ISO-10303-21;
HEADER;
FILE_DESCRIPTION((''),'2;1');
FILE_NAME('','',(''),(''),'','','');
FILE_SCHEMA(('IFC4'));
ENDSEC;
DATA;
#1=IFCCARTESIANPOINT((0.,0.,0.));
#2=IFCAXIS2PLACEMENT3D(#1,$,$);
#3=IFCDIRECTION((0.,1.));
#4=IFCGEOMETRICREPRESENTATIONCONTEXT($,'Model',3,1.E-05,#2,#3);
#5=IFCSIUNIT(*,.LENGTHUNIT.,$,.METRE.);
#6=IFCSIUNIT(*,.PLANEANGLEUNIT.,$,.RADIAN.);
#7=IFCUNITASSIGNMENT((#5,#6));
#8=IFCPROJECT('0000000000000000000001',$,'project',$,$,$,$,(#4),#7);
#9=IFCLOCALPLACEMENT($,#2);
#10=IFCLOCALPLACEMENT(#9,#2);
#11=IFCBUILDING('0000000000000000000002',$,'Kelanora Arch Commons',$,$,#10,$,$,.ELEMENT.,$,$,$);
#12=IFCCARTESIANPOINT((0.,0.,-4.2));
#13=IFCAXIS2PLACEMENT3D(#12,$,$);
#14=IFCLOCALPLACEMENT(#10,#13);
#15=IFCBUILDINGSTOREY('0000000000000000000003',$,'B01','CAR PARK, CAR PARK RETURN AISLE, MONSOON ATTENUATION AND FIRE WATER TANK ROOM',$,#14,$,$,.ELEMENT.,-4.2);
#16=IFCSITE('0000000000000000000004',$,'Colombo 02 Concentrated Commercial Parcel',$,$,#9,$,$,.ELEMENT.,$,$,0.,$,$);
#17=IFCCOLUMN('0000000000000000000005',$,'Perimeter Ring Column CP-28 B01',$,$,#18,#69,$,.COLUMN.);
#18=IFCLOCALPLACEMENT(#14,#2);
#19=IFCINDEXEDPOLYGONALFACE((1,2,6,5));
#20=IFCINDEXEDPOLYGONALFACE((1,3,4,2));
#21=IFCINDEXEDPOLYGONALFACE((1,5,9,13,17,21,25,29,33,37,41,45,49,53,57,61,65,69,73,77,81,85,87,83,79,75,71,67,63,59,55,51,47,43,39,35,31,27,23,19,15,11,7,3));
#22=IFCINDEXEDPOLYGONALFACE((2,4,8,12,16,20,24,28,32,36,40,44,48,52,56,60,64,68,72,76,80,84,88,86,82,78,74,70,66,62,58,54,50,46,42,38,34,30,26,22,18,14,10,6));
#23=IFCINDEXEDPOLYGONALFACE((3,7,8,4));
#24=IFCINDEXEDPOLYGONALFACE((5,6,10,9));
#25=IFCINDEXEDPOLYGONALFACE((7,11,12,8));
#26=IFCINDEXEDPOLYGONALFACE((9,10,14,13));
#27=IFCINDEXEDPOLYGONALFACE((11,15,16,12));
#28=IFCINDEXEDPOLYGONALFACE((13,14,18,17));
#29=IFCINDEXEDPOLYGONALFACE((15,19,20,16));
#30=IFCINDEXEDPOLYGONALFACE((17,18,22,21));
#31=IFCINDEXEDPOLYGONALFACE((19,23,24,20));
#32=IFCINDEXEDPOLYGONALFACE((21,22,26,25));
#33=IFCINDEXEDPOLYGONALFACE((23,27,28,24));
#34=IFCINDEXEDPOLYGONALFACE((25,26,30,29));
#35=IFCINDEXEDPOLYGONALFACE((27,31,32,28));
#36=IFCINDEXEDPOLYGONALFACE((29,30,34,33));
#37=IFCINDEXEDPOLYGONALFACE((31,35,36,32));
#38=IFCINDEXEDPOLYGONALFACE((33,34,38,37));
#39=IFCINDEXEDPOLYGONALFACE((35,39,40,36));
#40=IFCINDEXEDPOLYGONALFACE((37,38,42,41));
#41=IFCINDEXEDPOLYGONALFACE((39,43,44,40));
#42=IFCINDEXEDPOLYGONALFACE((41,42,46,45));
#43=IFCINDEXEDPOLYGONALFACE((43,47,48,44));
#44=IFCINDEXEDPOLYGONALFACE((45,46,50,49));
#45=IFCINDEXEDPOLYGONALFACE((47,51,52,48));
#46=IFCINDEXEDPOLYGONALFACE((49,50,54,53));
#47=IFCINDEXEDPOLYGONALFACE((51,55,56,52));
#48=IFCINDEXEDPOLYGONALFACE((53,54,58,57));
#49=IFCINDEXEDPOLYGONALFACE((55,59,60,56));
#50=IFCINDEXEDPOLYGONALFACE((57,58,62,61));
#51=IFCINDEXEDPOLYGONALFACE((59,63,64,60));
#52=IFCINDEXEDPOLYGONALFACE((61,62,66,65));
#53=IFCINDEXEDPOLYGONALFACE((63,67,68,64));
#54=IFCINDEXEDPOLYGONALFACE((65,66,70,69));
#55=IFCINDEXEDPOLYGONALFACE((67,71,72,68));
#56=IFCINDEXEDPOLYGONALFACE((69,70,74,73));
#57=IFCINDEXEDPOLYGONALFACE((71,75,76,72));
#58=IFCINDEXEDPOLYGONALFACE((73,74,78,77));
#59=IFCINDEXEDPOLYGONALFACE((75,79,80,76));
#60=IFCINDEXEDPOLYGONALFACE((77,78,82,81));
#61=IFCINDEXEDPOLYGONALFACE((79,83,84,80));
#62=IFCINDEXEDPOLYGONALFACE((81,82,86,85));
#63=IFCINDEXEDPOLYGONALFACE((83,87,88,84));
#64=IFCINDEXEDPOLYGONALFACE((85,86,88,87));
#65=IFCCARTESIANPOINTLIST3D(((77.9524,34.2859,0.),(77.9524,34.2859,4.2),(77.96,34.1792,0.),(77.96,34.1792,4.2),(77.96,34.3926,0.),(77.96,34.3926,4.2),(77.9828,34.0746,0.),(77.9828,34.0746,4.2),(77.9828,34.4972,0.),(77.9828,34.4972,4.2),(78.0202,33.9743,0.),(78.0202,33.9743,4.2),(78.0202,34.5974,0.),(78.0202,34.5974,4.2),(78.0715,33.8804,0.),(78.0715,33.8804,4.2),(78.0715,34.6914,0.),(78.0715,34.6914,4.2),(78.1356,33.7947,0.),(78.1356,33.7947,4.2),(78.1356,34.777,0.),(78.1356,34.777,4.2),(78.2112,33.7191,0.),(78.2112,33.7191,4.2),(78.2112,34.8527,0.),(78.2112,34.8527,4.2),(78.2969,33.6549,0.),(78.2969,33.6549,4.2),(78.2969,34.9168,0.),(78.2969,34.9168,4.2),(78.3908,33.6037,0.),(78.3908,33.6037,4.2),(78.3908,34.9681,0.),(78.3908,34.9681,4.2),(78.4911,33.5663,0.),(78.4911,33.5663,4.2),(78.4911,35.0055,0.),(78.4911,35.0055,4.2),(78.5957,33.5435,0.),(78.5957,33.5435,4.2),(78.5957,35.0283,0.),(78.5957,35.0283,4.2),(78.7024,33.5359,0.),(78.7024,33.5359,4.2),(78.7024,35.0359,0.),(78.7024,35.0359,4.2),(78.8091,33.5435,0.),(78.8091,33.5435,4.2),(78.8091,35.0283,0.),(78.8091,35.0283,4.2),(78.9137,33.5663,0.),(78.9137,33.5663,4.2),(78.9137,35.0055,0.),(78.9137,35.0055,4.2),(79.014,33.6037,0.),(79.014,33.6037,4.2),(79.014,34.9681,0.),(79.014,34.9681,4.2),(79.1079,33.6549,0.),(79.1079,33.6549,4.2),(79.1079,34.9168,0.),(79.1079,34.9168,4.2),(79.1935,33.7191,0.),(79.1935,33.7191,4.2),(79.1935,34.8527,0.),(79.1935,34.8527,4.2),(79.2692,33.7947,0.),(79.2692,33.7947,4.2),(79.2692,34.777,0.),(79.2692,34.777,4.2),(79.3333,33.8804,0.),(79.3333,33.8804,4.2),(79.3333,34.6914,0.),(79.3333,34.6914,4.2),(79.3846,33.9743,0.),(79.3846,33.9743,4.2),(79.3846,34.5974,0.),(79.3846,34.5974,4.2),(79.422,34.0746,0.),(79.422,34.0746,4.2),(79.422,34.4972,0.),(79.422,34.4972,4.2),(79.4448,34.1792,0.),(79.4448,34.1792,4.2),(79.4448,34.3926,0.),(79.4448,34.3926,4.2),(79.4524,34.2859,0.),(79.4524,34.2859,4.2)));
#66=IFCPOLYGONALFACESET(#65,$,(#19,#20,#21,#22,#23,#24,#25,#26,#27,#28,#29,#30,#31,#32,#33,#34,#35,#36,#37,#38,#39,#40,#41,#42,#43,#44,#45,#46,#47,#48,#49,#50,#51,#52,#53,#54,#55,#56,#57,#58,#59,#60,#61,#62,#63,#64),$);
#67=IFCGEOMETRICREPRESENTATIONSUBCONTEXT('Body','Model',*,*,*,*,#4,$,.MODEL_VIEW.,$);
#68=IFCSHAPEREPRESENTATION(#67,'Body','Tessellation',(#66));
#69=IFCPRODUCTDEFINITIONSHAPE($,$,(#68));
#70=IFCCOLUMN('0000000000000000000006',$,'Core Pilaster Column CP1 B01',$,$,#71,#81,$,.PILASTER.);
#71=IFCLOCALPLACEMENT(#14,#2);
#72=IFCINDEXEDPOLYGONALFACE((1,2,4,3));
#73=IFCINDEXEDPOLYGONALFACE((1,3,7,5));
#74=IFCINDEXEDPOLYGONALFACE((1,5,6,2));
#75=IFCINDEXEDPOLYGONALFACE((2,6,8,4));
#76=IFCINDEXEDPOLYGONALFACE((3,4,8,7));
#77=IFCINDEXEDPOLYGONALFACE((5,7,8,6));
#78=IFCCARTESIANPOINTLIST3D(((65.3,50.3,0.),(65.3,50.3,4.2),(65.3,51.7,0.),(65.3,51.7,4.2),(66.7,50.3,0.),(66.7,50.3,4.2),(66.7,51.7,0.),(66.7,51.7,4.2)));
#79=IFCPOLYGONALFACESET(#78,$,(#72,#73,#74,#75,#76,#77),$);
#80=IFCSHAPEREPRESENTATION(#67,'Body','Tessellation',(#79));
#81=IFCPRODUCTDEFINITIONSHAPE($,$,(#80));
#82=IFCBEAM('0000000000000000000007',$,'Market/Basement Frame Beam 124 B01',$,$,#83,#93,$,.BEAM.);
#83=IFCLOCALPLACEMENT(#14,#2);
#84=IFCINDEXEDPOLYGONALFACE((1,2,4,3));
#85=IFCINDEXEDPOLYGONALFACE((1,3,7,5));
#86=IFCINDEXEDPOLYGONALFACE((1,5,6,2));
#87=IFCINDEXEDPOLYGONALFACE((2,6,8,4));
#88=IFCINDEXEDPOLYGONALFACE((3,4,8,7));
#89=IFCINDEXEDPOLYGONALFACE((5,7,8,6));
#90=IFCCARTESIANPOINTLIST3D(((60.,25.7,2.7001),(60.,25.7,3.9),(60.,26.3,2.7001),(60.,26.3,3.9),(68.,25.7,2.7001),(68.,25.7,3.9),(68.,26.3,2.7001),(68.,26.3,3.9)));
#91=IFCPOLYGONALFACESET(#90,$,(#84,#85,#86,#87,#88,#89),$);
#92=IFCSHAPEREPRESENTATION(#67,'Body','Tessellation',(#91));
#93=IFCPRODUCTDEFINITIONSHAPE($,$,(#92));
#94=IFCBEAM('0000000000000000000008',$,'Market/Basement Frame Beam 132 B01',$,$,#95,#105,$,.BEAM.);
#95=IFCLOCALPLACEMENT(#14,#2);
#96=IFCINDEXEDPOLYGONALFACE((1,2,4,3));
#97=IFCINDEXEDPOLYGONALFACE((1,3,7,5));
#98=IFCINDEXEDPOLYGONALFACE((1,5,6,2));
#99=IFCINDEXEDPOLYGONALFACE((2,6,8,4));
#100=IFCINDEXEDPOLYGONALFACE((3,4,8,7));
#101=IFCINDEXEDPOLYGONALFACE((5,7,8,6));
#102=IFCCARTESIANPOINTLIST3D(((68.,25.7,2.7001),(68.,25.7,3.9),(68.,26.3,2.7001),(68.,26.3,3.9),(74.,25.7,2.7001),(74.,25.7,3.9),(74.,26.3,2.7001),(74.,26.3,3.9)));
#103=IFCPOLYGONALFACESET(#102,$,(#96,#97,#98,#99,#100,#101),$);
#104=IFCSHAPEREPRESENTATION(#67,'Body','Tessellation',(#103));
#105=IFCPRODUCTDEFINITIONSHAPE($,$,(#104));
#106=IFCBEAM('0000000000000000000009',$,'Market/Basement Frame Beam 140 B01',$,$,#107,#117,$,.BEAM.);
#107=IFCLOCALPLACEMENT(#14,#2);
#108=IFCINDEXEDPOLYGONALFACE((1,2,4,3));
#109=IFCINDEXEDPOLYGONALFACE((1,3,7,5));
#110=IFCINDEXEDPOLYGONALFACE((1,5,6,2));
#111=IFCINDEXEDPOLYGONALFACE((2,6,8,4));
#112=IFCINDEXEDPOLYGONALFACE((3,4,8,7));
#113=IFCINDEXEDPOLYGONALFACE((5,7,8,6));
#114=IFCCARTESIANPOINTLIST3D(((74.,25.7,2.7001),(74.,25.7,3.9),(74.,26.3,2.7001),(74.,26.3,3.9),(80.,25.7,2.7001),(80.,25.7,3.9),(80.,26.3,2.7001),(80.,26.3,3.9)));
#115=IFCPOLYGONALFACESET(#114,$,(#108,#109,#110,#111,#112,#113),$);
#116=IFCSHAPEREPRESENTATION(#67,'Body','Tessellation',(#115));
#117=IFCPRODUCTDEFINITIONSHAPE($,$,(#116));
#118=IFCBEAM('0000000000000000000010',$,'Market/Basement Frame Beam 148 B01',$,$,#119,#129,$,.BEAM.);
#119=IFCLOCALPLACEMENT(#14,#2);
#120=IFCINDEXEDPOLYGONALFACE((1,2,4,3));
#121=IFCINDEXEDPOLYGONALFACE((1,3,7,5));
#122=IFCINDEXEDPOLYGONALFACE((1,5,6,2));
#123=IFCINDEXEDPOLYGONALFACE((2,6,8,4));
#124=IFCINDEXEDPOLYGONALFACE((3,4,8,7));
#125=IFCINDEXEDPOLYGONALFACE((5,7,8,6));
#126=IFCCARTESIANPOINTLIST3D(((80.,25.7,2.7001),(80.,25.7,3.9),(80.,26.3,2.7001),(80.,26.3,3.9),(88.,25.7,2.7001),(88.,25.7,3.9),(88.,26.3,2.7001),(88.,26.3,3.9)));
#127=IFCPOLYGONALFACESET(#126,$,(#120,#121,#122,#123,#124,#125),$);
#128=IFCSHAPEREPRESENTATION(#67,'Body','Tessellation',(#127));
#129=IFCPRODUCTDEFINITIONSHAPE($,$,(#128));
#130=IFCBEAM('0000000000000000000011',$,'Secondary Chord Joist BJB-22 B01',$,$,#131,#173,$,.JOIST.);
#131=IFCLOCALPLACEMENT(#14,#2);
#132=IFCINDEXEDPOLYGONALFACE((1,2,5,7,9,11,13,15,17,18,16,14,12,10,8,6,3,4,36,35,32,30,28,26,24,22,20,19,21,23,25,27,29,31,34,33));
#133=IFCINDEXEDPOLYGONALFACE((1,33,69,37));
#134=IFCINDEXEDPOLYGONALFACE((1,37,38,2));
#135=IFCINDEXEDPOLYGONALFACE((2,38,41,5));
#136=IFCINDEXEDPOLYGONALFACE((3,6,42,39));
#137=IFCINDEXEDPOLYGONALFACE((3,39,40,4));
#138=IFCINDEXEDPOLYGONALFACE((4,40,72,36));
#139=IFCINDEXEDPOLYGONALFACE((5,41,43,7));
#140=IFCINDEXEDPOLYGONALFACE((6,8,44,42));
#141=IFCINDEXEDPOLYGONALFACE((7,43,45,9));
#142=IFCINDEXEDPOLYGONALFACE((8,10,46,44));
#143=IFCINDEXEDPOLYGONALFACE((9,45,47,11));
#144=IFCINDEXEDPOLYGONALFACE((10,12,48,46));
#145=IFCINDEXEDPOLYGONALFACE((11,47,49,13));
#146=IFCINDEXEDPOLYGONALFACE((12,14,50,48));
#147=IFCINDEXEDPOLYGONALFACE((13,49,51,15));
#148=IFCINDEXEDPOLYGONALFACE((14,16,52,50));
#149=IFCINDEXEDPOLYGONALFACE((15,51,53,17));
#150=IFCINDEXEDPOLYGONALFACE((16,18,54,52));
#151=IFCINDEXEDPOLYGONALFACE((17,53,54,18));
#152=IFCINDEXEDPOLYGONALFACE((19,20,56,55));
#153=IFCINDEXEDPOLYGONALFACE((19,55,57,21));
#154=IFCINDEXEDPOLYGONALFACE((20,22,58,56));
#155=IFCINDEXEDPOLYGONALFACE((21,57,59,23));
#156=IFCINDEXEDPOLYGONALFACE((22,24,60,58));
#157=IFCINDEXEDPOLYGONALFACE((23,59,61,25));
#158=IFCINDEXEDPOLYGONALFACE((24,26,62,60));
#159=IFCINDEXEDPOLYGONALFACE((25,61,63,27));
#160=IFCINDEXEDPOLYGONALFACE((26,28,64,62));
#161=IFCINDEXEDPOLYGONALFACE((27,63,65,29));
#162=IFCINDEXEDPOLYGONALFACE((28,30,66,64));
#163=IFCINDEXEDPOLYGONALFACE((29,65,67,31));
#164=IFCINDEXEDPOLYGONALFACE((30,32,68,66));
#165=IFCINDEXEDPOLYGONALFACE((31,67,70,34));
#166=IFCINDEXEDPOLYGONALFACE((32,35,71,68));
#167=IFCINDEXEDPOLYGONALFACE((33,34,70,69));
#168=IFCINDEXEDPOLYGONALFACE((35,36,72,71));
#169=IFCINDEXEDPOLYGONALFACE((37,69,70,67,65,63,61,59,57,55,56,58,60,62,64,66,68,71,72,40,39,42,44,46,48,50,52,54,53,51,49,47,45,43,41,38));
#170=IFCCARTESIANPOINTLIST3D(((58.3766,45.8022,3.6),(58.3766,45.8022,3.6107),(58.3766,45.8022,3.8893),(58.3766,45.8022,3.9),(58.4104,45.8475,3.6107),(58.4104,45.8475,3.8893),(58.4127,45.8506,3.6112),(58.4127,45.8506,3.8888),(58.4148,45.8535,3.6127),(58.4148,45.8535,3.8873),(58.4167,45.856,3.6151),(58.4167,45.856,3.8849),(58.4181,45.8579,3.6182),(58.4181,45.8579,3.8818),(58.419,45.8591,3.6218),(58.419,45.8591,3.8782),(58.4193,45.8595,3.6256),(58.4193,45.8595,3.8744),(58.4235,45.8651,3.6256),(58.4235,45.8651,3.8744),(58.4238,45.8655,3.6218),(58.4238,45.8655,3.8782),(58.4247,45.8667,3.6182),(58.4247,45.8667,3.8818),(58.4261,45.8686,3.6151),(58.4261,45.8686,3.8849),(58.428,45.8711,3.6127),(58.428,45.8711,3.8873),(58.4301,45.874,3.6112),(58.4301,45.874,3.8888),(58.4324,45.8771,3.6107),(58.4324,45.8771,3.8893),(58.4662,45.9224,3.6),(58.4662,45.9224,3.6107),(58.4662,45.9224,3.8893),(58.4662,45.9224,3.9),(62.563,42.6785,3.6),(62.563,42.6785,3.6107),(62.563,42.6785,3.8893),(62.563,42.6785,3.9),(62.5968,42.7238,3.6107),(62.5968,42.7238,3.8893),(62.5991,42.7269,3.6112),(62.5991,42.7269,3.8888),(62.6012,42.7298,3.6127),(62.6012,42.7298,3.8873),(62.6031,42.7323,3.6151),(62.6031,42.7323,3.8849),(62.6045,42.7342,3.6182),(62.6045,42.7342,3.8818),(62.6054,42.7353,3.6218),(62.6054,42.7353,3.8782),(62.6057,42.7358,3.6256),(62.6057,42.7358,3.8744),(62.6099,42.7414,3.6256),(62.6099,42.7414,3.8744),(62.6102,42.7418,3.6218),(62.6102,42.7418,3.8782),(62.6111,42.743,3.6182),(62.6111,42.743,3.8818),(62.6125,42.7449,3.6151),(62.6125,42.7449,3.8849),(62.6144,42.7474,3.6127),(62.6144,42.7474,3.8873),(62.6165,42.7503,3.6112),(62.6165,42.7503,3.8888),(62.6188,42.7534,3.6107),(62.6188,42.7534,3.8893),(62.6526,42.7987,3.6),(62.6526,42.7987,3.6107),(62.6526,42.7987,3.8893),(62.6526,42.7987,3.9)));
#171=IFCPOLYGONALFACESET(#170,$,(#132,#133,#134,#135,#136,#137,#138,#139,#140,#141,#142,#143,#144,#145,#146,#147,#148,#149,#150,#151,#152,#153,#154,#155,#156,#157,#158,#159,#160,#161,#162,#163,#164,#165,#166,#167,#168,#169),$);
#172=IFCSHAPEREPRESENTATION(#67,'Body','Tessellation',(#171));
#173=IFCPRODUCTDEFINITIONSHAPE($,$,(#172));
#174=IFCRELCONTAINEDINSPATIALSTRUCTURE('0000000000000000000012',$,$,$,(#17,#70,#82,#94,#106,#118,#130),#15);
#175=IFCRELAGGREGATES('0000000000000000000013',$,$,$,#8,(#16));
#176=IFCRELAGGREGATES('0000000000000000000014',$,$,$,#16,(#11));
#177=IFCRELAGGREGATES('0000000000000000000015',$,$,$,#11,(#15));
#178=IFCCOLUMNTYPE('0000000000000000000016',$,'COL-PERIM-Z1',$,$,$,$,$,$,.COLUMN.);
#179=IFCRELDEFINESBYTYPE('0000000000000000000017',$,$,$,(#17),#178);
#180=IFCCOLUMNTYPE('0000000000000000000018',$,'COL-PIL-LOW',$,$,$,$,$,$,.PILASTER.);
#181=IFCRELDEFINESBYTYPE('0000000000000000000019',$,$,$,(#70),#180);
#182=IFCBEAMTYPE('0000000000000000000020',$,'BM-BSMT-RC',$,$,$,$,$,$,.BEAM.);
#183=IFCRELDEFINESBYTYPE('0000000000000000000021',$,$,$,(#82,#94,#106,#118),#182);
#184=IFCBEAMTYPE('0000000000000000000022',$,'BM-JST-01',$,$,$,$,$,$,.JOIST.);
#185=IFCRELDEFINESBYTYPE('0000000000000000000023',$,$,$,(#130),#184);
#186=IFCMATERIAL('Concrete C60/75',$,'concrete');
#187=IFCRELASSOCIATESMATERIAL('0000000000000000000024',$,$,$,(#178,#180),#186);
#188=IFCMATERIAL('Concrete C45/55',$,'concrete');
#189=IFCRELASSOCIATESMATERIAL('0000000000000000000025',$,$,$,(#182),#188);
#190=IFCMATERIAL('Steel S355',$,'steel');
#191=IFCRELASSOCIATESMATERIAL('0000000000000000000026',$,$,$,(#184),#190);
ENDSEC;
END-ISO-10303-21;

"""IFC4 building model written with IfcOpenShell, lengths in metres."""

from ifc_helpers import new_model, si_unit, direction, frame, origin, origin_2d, place, context, subcontext, project, spatial, rectangle, circle, i_section, extrude, material, material_profile, profile_set, type_object, element, save


model = new_model("IFC4")

# Units and contexts
model_context = context("Model", 3, precision=1e-05, world=origin(), true_north=direction((0.0, 1.0)))
body_context = subcontext(model_context, "Body", "Model", "MODEL_VIEW")
ifc_project = project(units=[si_unit("LENGTHUNIT", "METRE"), si_unit("PLANEANGLEUNIT", "RADIAN")], contexts=[model_context])

# Site, building, storey
site_placement = place(None, origin())
site = spatial("IfcSite", under=ifc_project, at=site_placement, Name="Colombo 02 Concentrated Commercial Parcel", CompositionType="ELEMENT", RefElevation=0.0)
building_placement = place(site_placement, origin())
building = spatial("IfcBuilding", under=site, at=building_placement, Name="Kelanora Arch Commons", CompositionType="ELEMENT")
storey_placement = place(building_placement, frame((0.0, 0.0, -4.2)))
storey = spatial("IfcBuildingStorey", under=building, at=storey_placement, Name="B01", Description="CAR PARK, CAR PARK RETURN AISLE, MONSOON ATTENUATION AND FIRE WATER TANK ROOM", CompositionType="ELEMENT", Elevation=-4.2)

# Columns
ifc_material_1 = material(Name="Concrete C60/75", Category="concrete")
ifc_material_profile_1 = material_profile(ifc_material_1, circle(Radius=0.75, at=origin_2d()), Name="RCC1500")
ifc_profile_set_1 = profile_set([ifc_material_profile_1], Name="Concrete C60/75")
column_type_1 = type_object("IfcColumnType", Name="COL-PERIM-Z1", PredefinedType="COLUMN", material=ifc_profile_set_1)
for number, where, z_axis, x_axis, name in (
    (1, (78.7024, 34.2859, 0.0), (0.0, 0.0, 1.0), (1.0, 0.0, 0.0), "Perimeter Ring Column CP-28 B01"),
):
    element("IfcColumn", number, at=place(storey_placement, frame(where, z_axis=z_axis, x_axis=x_axis)), inside=storey, type_object=column_type_1, Name=name, PredefinedType="COLUMN", context=body_context, shape_type="SweptSolid", body=[
        extrude(circle(Radius=0.75, at=origin_2d()), origin(), (0.0, 0.0, 1.0), 4.2),
    ])
ifc_material_profile_2 = material_profile(ifc_material_1, rectangle(XDim=1.3999, YDim=1.3999, at=origin_2d()), Name="RC1400x1400")
ifc_profile_set_2 = profile_set([ifc_material_profile_2], Name="Concrete C60/75")
column_type_2 = type_object("IfcColumnType", Name="COL-PIL-LOW", PredefinedType="PILASTER", material=ifc_profile_set_2)
column_placement = place(storey_placement, frame((66.0, 51.0, 0.0), z_axis=(0.0, 0.0, 1.0), x_axis=(1.0, 0.0, 0.0)))
element("IfcColumn", 2, at=column_placement, inside=storey, type_object=column_type_2, Name="Core Pilaster Column CP1 B01", PredefinedType="PILASTER", context=body_context, shape_type="SweptSolid", body=[
    extrude(rectangle(XDim=1.3999, YDim=1.3999, at=origin_2d()), origin(), (0.0, 0.0, 1.0), 4.2),
])

# Beams
ifc_material_2 = material(Name="Concrete C45/55", Category="concrete")
ifc_material_profile_3 = material_profile(ifc_material_2, rectangle(XDim=0.6001, YDim=1.2, at=origin_2d()), Name="RCB600x1200")
ifc_profile_set_3 = profile_set([ifc_material_profile_3], Name="Concrete C45/55")
beam_type_1 = type_object("IfcBeamType", Name="BM-BSMT-RC", PredefinedType="BEAM", material=ifc_profile_set_3)
beam_1_placement = place(storey_placement, frame((60.0, 26.0, 3.3), z_axis=(1.0, 0.0, 0.0), x_axis=(0.0, 1.0, 0.0)))
element("IfcBeam", 3, at=beam_1_placement, inside=storey, type_object=beam_type_1, Name="Market/Basement Frame Beam 124 B01", PredefinedType="BEAM", context=body_context, shape_type="SweptSolid", body=[
    extrude(rectangle(XDim=0.6001, YDim=1.2, at=origin_2d()), origin(), (0.0, 0.0, 1.0), 8.0),
])
for number, where, z_axis, x_axis, name in (
    (4, (68.0, 26.0, 3.3), (1.0, 0.0, 0.0), (0.0, 1.0, 0.0), "Market/Basement Frame Beam 132 B01"),
    (5, (74.0, 26.0, 3.3), (1.0, 0.0, 0.0), (0.0, 1.0, 0.0), "Market/Basement Frame Beam 140 B01"),
):
    element("IfcBeam", number, at=place(storey_placement, frame(where, z_axis=z_axis, x_axis=x_axis)), inside=storey, type_object=beam_type_1, Name=name, PredefinedType="BEAM", context=body_context, shape_type="SweptSolid", body=[
        extrude(rectangle(XDim=0.6001, YDim=1.2, at=origin_2d()), origin(), (0.0, 0.0, 1.0), 6.0),
    ])
beam_2_placement = place(storey_placement, frame((80.0, 26.0, 3.3), z_axis=(1.0, 0.0, 0.0), x_axis=(0.0, 1.0, 0.0)))
element("IfcBeam", 6, at=beam_2_placement, inside=storey, type_object=beam_type_1, Name="Market/Basement Frame Beam 148 B01", PredefinedType="BEAM", context=body_context, shape_type="SweptSolid", body=[
    extrude(rectangle(XDim=0.6001, YDim=1.2, at=origin_2d()), origin(), (0.0, 0.0, 1.0), 8.0),
])
ifc_material_3 = material(Name="Steel S355", Category="steel")
ifc_material_profile_4 = material_profile(ifc_material_3, i_section(OverallWidth=0.1499, OverallDepth=0.3, WebThickness=0.0071, FlangeThickness=0.0107, FilletRadius=0.0149, at=origin_2d()), Name="IPE300")
ifc_profile_set_4 = profile_set([ifc_material_profile_4], Name="Steel S355")
beam_type_2 = type_object("IfcBeamType", Name="BM-JST-01", PredefinedType="JOIST", material=ifc_profile_set_4)
beam_3_placement = place(storey_placement, frame((58.4214, 45.8623, 3.75), z_axis=(0.801478, -0.598024, 0.0), x_axis=(0.598024, 0.801478, 0.0)))
element("IfcBeam", 7, at=beam_3_placement, inside=storey, type_object=beam_type_2, Name="Secondary Chord Joist BJB-22 B01", PredefinedType="JOIST", context=body_context, shape_type="SweptSolid", body=[
    extrude(i_section(OverallWidth=0.1499, OverallDepth=0.3, WebThickness=0.0071, FlangeThickness=0.0107, FilletRadius=0.0149, at=origin_2d()), origin(), (0.0, 0.0, 1.0), 5.2234),
])

save(model, "model.ifc")
